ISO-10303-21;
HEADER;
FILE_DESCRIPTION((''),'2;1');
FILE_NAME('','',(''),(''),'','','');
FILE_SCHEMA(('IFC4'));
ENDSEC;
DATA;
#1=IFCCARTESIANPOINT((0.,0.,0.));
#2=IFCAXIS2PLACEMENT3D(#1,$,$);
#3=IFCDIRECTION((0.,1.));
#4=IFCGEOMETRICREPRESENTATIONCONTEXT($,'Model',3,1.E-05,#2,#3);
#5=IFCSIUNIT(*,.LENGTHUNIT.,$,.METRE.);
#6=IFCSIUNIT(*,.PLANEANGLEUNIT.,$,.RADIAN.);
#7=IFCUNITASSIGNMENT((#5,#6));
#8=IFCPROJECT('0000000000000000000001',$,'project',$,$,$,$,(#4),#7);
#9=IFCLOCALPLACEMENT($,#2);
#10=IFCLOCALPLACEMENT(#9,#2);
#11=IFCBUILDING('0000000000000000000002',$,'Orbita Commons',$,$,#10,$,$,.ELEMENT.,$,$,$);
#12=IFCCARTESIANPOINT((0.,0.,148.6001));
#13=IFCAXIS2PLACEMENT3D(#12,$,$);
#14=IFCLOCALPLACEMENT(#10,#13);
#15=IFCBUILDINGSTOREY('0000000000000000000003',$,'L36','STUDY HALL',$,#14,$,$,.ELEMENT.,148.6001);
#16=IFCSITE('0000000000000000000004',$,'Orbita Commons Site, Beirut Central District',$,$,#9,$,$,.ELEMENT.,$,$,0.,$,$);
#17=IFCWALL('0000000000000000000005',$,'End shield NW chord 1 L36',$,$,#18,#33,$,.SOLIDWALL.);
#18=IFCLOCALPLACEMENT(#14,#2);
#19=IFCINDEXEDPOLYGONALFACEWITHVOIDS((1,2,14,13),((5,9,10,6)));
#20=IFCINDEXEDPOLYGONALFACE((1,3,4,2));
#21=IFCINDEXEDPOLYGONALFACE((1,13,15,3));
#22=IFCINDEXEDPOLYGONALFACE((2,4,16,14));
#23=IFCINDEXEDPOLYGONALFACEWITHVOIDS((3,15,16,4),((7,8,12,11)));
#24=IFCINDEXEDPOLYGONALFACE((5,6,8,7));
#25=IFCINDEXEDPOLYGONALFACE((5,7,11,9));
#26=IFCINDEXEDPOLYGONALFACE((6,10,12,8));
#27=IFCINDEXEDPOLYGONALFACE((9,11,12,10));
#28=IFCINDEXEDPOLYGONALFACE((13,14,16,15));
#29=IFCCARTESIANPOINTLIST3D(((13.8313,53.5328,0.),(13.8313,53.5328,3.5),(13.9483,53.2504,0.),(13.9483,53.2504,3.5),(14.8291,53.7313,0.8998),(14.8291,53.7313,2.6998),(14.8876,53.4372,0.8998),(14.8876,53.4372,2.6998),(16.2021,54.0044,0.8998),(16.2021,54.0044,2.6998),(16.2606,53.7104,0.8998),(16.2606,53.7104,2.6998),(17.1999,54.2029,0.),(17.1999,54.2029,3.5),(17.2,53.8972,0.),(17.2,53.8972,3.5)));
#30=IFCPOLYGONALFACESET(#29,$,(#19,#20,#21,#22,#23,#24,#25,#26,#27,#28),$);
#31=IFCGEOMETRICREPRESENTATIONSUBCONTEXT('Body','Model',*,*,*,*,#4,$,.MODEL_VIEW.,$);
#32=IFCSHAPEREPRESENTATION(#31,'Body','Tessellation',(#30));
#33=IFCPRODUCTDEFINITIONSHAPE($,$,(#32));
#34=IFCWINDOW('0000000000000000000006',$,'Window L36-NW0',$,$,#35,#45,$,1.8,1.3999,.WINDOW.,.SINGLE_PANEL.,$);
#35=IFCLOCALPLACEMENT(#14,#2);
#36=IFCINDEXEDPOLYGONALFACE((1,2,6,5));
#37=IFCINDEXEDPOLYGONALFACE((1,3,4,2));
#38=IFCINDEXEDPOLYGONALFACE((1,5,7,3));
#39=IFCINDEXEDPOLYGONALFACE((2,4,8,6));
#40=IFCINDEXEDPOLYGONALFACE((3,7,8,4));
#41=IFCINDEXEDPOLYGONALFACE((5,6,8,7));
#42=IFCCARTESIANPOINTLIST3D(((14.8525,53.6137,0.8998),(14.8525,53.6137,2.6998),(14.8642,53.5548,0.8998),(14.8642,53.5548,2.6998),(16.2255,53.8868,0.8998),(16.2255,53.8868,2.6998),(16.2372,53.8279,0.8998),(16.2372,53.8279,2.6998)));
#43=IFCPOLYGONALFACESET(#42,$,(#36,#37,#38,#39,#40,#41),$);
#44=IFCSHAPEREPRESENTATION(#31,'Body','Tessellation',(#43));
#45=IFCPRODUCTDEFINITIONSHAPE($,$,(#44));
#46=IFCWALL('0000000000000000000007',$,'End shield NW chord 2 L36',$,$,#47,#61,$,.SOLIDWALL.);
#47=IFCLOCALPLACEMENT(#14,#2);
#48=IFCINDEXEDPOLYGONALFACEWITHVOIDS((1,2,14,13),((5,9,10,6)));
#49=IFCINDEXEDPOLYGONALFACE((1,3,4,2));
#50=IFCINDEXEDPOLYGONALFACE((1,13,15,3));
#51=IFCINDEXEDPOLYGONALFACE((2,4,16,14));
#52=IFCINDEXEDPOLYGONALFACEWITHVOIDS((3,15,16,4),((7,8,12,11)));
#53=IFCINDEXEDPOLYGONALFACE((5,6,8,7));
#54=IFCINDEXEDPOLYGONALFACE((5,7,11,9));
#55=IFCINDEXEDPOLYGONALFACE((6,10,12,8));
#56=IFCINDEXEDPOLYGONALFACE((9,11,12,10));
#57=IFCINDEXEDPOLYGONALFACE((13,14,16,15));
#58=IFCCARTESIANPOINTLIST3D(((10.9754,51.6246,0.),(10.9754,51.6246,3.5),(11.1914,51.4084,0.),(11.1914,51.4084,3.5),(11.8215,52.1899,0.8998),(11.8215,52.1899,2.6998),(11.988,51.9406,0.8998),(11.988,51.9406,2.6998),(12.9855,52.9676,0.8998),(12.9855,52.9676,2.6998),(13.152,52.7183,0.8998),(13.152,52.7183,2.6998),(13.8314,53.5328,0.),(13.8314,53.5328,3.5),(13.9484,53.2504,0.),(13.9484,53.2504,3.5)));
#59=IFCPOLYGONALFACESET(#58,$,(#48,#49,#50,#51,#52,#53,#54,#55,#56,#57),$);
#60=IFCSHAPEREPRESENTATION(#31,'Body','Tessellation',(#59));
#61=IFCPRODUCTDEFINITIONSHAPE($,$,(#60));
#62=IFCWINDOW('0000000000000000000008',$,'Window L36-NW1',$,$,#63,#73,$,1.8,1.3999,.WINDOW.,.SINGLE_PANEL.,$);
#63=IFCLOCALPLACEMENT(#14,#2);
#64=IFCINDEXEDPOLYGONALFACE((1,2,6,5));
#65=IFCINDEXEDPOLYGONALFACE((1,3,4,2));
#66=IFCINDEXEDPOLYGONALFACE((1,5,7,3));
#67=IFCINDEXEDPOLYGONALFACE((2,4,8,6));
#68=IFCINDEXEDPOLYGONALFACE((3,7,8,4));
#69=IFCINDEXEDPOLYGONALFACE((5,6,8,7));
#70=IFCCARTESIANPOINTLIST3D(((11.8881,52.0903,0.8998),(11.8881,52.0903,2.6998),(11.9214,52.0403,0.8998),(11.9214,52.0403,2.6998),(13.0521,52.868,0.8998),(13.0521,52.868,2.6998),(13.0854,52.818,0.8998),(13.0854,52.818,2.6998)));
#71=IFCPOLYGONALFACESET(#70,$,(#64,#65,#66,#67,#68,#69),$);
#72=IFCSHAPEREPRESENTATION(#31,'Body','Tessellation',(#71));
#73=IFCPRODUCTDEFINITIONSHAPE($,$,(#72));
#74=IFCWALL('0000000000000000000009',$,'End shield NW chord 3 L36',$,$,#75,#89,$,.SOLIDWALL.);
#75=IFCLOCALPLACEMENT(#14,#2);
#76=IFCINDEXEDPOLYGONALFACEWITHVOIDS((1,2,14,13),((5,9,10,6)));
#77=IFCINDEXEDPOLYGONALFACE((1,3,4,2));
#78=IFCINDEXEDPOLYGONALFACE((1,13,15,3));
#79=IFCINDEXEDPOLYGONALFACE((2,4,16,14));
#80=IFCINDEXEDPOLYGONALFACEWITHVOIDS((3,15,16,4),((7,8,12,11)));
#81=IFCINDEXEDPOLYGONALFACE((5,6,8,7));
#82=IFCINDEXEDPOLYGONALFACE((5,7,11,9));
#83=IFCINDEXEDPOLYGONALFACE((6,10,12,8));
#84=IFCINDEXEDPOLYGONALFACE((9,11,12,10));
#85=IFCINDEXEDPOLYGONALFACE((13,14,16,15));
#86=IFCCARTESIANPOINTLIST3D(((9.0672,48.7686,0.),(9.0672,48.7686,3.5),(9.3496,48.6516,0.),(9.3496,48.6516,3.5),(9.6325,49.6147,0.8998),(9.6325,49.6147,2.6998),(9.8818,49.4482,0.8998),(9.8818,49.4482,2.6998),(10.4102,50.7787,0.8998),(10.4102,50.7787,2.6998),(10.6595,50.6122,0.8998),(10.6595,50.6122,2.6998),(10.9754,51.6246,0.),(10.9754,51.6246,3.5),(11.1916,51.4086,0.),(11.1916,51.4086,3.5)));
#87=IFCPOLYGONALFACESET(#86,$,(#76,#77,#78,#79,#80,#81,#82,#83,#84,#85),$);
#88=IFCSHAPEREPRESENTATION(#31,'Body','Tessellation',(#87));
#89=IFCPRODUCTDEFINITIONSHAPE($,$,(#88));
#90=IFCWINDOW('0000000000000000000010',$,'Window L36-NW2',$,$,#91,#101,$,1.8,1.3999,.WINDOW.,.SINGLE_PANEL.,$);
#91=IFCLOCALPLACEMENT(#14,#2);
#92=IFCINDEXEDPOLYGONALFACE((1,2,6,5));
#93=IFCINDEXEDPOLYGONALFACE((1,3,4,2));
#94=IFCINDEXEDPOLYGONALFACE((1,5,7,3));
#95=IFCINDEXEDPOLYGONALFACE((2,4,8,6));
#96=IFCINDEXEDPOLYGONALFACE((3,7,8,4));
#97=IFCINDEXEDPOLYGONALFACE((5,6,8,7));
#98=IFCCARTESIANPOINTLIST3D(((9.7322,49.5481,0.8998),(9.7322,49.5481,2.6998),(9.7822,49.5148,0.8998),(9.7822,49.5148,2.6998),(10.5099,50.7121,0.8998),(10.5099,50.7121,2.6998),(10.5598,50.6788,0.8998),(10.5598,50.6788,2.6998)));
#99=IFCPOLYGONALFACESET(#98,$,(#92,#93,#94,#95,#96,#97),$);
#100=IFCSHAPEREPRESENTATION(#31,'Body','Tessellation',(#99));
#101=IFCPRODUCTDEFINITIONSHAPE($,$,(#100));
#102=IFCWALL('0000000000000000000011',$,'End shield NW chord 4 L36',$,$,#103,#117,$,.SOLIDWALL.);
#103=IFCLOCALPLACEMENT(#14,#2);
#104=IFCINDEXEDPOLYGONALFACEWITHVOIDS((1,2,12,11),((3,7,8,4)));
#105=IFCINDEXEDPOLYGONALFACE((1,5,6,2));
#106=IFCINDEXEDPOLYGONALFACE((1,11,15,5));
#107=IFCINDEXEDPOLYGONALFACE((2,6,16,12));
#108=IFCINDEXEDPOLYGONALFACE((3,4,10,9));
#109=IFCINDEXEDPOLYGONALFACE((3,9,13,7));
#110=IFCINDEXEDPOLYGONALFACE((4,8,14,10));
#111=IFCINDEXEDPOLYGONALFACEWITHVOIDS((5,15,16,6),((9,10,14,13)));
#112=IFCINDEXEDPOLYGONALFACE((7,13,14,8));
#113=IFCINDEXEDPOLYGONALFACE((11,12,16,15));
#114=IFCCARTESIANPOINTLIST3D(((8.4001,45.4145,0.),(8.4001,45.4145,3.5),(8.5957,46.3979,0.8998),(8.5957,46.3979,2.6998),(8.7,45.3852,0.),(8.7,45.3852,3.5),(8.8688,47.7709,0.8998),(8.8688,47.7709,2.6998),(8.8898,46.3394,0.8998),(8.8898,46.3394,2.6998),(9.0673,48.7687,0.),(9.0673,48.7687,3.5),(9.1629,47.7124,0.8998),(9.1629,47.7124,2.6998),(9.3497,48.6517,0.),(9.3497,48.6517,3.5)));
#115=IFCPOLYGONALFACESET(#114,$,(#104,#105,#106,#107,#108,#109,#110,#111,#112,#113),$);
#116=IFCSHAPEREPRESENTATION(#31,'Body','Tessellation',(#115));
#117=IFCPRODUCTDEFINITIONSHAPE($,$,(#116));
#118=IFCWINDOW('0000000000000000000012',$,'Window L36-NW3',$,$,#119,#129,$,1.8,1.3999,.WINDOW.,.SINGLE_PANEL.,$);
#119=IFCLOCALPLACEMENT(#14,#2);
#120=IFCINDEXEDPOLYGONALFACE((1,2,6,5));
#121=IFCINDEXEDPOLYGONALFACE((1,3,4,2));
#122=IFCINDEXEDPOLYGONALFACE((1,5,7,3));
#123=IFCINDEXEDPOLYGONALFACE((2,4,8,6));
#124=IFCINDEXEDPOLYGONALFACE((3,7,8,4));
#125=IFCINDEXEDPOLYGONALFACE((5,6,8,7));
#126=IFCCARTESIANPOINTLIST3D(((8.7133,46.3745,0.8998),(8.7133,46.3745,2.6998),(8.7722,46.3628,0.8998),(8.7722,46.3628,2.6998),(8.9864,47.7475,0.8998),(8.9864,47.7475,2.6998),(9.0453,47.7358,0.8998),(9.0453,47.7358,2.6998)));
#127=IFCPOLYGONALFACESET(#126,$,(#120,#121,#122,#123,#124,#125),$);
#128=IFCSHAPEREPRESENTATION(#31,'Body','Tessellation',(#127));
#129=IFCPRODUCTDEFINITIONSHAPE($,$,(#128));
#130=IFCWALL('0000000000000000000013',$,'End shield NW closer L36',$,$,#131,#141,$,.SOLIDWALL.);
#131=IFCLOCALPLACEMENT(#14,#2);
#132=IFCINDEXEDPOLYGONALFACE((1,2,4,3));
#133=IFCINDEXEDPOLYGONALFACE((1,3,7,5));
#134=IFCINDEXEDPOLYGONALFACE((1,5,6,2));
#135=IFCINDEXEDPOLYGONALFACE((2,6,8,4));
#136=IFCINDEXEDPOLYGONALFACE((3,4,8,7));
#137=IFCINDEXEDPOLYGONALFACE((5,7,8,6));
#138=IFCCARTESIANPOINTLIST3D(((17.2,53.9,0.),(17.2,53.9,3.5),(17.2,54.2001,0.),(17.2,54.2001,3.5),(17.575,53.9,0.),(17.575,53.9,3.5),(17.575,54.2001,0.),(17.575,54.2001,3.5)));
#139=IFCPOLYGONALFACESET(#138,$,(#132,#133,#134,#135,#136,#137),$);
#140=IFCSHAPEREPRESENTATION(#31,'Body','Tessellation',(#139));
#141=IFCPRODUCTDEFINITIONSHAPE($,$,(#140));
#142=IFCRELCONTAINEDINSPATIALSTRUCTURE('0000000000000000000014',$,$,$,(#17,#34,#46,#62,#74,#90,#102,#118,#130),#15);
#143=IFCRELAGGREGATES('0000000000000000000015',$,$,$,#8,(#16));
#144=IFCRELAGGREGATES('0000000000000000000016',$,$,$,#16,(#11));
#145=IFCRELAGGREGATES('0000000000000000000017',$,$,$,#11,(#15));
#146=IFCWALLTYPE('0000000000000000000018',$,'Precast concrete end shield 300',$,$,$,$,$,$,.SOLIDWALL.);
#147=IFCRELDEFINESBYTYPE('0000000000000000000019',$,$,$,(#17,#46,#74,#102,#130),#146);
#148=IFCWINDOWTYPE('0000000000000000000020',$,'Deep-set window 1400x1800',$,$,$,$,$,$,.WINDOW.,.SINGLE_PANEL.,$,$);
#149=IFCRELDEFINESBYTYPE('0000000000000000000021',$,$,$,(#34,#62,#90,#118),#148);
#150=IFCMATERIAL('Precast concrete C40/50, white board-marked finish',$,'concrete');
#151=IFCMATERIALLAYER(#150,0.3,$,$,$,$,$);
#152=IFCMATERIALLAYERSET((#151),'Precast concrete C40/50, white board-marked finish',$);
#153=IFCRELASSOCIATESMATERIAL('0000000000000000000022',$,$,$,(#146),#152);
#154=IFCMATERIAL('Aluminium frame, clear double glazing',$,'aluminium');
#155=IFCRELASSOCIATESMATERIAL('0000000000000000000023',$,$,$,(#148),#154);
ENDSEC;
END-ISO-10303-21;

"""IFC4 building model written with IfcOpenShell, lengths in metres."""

from ifc_helpers import new_model, si_unit, direction, frame, frame_2d, origin, place, context, subcontext, project, spatial, polyline, rectangle, outline, extrude, material, layer, layer_set, type_object, element, fill, save


model = new_model("IFC4")

# Units and contexts
model_context = context("Model", 3, precision=1e-05, world=origin(), true_north=direction((0.0, 1.0)))
body_context = subcontext(model_context, "Body", "Model", "MODEL_VIEW")
ifc_project = project(units=[si_unit("LENGTHUNIT", "METRE"), si_unit("PLANEANGLEUNIT", "RADIAN")], contexts=[model_context])

# Site, building, storey
site_placement = place(None, origin())
site = spatial("IfcSite", under=ifc_project, at=site_placement, Name="Orbita Commons Site, Beirut Central District", CompositionType="ELEMENT", RefElevation=0.0)
building_placement = place(site_placement, origin())
building = spatial("IfcBuilding", under=site, at=building_placement, Name="Orbita Commons", CompositionType="ELEMENT")
storey_placement = place(building_placement, frame((0.0, 0.0, 148.6001)))
storey = spatial("IfcBuildingStorey", under=building, at=storey_placement, Name="L36", Description="STUDY HALL", CompositionType="ELEMENT", Elevation=148.6001)

# Walls, openings, windows
ifc_material_1 = material(Name="Precast concrete C40/50, white board-marked finish", Category="concrete")
ifc_layer_1 = layer(ifc_material_1, 0.3)
ifc_layer_set_1 = layer_set([ifc_layer_1], Name="Precast concrete C40/50, white board-marked finish")
wall_type_1 = type_object("IfcWallType", Name="Precast concrete end shield 300", PredefinedType="SOLIDWALL", material=ifc_layer_set_1)
wall_1_placement = place(storey_placement, frame((17.2, 54.05, 0.0), z_axis=(0.0, 0.0, 1.0), x_axis=(-0.980783, -0.1951, 0.0)))
wall_1 = element("IfcWall", 1, at=wall_1_placement, inside=storey, type_object=wall_type_1, Name="End shield NW chord 1 L36", PredefinedType="SOLIDWALL", context=body_context, shape_type="SweptSolid", body=[
    extrude(outline(polyline([(-0.0298, -0.1499), (3.4048, -0.1499), (3.3452, 0.1499), (0.0298, 0.1499), (-0.0298, -0.1499)])), origin(), (0.0, 0.0, 1.0), 3.5),
])
opening_1_placement = place(wall_1_placement, frame((0.9875, 0.0, 0.8999)))
opening_1 = element("IfcOpeningElement", 2, at=opening_1_placement, cuts=wall_1, PredefinedType="OPENING", context=body_context, shape_type="SweptSolid", body=[
    extrude(rectangle(XDim=1.3999, YDim=1.8, at=frame_2d((0.7, 0.8999))), frame((0.0, 0.1599, 0.0), z_axis=(0.0, -1.0, 0.0), x_axis=(1.0, 0.0, 0.0)), (0.0, 0.0, 1.0), 0.3201),
])
ifc_material_2 = material(Name="Aluminium frame, clear double glazing", Category="aluminium")
window_type = type_object("IfcWindowType", Name="Deep-set window 1400x1800", PartitioningType="SINGLE_PANEL", PredefinedType="WINDOW", material=ifc_material_2)
window_1_placement = place(opening_1_placement, origin())
window_1 = element("IfcWindow", 3, at=window_1_placement, inside=storey, type_object=window_type, Name="Window L36-NW0", OverallHeight=1.8, OverallWidth=1.3999, PartitioningType="SINGLE_PANEL", PredefinedType="WINDOW", context=body_context, shape_type="SweptSolid", body=[
    extrude(rectangle(XDim=1.3999, YDim=1.8, at=frame_2d((0.7, 0.8999))), frame((0.0, 0.03, 0.0), z_axis=(0.0, -1.0, 0.0), x_axis=(1.0, 0.0, 0.0)), (0.0, 0.0, 1.0), 0.0601),
])
fill(opening_1, window_1)
wall_2_placement = place(storey_placement, frame((13.8899, 53.3916, 0.0), z_axis=(0.0, 0.0, 1.0), x_axis=(-0.831493, -0.555535, 0.0)))
wall_2 = element("IfcWall", 4, at=wall_2_placement, inside=storey, type_object=wall_type_1, Name="End shield NW chord 2 L36", PredefinedType="SOLIDWALL", context=body_context, shape_type="SweptSolid", body=[
    extrude(outline(polyline([(-0.0298, -0.1499), (3.405, -0.1499), (3.3455, 0.1499), (0.0298, 0.1499), (-0.0298, -0.1499)])), origin(), (0.0, 0.0, 1.0), 3.5),
])
opening_2_placement = place(wall_2_placement, frame((0.9875, 0.0, 0.8999)))
opening_2 = element("IfcOpeningElement", 5, at=opening_2_placement, cuts=wall_2, PredefinedType="OPENING", context=body_context, shape_type="SweptSolid", body=[
    extrude(rectangle(XDim=1.3999, YDim=1.8, at=frame_2d((0.7, 0.8999))), frame((0.0, 0.1599, 0.0), z_axis=(0.0, -1.0, 0.0), x_axis=(1.0, 0.0, 0.0)), (0.0, 0.0, 1.0), 0.3201),
])
window_2_placement = place(opening_2_placement, origin())
window_2 = element("IfcWindow", 6, at=window_2_placement, inside=storey, type_object=window_type, Name="Window L36-NW1", OverallHeight=1.8, OverallWidth=1.3999, PartitioningType="SINGLE_PANEL", PredefinedType="WINDOW", context=body_context, shape_type="SweptSolid", body=[
    extrude(rectangle(XDim=1.3999, YDim=1.8, at=frame_2d((0.7, 0.8999))), frame((0.0, 0.03, 0.0), z_axis=(0.0, -1.0, 0.0), x_axis=(1.0, 0.0, 0.0)), (0.0, 0.0, 1.0), 0.0601),
])
fill(opening_2, window_2)
wall_3_placement = place(storey_placement, frame((11.0835, 51.5166, 0.0), z_axis=(0.0, 0.0, 1.0), x_axis=(-0.555535, -0.831493, 0.0)))
wall_3 = element("IfcWall", 7, at=wall_3_placement, inside=storey, type_object=wall_type_1, Name="End shield NW chord 3 L36", PredefinedType="SOLIDWALL", context=body_context, shape_type="SweptSolid", body=[
    extrude(outline(polyline([(-0.0298, -0.1499), (3.405, -0.1499), (3.3455, 0.1499), (0.0298, 0.1499), (-0.0298, -0.1499)])), origin(), (0.0, 0.0, 1.0), 3.5),
])
opening_3_placement = place(wall_3_placement, frame((0.9875, 0.0, 0.8999)))
opening_3 = element("IfcOpeningElement", 8, at=opening_3_placement, cuts=wall_3, PredefinedType="OPENING", context=body_context, shape_type="SweptSolid", body=[
    extrude(rectangle(XDim=1.3999, YDim=1.8, at=frame_2d((0.7, 0.8999))), frame((0.0, 0.1599, 0.0), z_axis=(0.0, -1.0, 0.0), x_axis=(1.0, 0.0, 0.0)), (0.0, 0.0, 1.0), 0.3201),
])
window_3_placement = place(opening_3_placement, origin())
window_3 = element("IfcWindow", 9, at=window_3_placement, inside=storey, type_object=window_type, Name="Window L36-NW2", OverallHeight=1.8, OverallWidth=1.3999, PartitioningType="SINGLE_PANEL", PredefinedType="WINDOW", context=body_context, shape_type="SweptSolid", body=[
    extrude(rectangle(XDim=1.3999, YDim=1.8, at=frame_2d((0.7, 0.8999))), frame((0.0, 0.03, 0.0), z_axis=(0.0, -1.0, 0.0), x_axis=(1.0, 0.0, 0.0)), (0.0, 0.0, 1.0), 0.0601),
])
fill(opening_3, window_3)
wall_4_placement = place(storey_placement, frame((9.2085, 48.7102, 0.0), z_axis=(0.0, 0.0, 1.0), x_axis=(-0.195087, -0.980786, 0.0)))
wall_4 = element("IfcWall", 10, at=wall_4_placement, inside=storey, type_object=wall_type_1, Name="End shield NW chord 4 L36", PredefinedType="SOLIDWALL", context=body_context, shape_type="SweptSolid", body=[
    extrude(outline(polyline([(-0.0298, -0.1499), (3.3901, -0.1499), (3.3604, 0.1499), (0.0298, 0.1499), (-0.0298, -0.1499)])), origin(), (0.0, 0.0, 1.0), 3.5),
])
opening_4_placement = place(wall_4_placement, frame((0.9875, 0.0, 0.8999)))
opening_4 = element("IfcOpeningElement", 11, at=opening_4_placement, cuts=wall_4, PredefinedType="OPENING", context=body_context, shape_type="SweptSolid", body=[
    extrude(rectangle(XDim=1.3999, YDim=1.8, at=frame_2d((0.7, 0.8999))), frame((0.0, 0.1599, 0.0), z_axis=(0.0, -1.0, 0.0), x_axis=(1.0, 0.0, 0.0)), (0.0, 0.0, 1.0), 0.3201),
])
window_4_placement = place(opening_4_placement, origin())
window_4 = element("IfcWindow", 12, at=window_4_placement, inside=storey, type_object=window_type, Name="Window L36-NW3", OverallHeight=1.8, OverallWidth=1.3999, PartitioningType="SINGLE_PANEL", PredefinedType="WINDOW", context=body_context, shape_type="SweptSolid", body=[
    extrude(rectangle(XDim=1.3999, YDim=1.8, at=frame_2d((0.7, 0.8999))), frame((0.0, 0.03, 0.0), z_axis=(0.0, -1.0, 0.0), x_axis=(1.0, 0.0, 0.0)), (0.0, 0.0, 1.0), 0.0601),
])
fill(opening_4, window_4)

# Wall
wall_5_placement = place(storey_placement, frame((17.2, 54.05, 0.0), z_axis=(0.0, 0.0, 1.0), x_axis=(1.0, 0.0, 0.0)))
element("IfcWall", 13, at=wall_5_placement, inside=storey, type_object=wall_type_1, Name="End shield NW closer L36", PredefinedType="SOLIDWALL", context=body_context, shape_type="SweptSolid", body=[
    extrude(rectangle(XDim=0.375, YDim=0.3, at=frame_2d((0.1875, 0.0))), origin(), (0.0, 0.0, 1.0), 3.5),
])

save(model, "model.ifc")
